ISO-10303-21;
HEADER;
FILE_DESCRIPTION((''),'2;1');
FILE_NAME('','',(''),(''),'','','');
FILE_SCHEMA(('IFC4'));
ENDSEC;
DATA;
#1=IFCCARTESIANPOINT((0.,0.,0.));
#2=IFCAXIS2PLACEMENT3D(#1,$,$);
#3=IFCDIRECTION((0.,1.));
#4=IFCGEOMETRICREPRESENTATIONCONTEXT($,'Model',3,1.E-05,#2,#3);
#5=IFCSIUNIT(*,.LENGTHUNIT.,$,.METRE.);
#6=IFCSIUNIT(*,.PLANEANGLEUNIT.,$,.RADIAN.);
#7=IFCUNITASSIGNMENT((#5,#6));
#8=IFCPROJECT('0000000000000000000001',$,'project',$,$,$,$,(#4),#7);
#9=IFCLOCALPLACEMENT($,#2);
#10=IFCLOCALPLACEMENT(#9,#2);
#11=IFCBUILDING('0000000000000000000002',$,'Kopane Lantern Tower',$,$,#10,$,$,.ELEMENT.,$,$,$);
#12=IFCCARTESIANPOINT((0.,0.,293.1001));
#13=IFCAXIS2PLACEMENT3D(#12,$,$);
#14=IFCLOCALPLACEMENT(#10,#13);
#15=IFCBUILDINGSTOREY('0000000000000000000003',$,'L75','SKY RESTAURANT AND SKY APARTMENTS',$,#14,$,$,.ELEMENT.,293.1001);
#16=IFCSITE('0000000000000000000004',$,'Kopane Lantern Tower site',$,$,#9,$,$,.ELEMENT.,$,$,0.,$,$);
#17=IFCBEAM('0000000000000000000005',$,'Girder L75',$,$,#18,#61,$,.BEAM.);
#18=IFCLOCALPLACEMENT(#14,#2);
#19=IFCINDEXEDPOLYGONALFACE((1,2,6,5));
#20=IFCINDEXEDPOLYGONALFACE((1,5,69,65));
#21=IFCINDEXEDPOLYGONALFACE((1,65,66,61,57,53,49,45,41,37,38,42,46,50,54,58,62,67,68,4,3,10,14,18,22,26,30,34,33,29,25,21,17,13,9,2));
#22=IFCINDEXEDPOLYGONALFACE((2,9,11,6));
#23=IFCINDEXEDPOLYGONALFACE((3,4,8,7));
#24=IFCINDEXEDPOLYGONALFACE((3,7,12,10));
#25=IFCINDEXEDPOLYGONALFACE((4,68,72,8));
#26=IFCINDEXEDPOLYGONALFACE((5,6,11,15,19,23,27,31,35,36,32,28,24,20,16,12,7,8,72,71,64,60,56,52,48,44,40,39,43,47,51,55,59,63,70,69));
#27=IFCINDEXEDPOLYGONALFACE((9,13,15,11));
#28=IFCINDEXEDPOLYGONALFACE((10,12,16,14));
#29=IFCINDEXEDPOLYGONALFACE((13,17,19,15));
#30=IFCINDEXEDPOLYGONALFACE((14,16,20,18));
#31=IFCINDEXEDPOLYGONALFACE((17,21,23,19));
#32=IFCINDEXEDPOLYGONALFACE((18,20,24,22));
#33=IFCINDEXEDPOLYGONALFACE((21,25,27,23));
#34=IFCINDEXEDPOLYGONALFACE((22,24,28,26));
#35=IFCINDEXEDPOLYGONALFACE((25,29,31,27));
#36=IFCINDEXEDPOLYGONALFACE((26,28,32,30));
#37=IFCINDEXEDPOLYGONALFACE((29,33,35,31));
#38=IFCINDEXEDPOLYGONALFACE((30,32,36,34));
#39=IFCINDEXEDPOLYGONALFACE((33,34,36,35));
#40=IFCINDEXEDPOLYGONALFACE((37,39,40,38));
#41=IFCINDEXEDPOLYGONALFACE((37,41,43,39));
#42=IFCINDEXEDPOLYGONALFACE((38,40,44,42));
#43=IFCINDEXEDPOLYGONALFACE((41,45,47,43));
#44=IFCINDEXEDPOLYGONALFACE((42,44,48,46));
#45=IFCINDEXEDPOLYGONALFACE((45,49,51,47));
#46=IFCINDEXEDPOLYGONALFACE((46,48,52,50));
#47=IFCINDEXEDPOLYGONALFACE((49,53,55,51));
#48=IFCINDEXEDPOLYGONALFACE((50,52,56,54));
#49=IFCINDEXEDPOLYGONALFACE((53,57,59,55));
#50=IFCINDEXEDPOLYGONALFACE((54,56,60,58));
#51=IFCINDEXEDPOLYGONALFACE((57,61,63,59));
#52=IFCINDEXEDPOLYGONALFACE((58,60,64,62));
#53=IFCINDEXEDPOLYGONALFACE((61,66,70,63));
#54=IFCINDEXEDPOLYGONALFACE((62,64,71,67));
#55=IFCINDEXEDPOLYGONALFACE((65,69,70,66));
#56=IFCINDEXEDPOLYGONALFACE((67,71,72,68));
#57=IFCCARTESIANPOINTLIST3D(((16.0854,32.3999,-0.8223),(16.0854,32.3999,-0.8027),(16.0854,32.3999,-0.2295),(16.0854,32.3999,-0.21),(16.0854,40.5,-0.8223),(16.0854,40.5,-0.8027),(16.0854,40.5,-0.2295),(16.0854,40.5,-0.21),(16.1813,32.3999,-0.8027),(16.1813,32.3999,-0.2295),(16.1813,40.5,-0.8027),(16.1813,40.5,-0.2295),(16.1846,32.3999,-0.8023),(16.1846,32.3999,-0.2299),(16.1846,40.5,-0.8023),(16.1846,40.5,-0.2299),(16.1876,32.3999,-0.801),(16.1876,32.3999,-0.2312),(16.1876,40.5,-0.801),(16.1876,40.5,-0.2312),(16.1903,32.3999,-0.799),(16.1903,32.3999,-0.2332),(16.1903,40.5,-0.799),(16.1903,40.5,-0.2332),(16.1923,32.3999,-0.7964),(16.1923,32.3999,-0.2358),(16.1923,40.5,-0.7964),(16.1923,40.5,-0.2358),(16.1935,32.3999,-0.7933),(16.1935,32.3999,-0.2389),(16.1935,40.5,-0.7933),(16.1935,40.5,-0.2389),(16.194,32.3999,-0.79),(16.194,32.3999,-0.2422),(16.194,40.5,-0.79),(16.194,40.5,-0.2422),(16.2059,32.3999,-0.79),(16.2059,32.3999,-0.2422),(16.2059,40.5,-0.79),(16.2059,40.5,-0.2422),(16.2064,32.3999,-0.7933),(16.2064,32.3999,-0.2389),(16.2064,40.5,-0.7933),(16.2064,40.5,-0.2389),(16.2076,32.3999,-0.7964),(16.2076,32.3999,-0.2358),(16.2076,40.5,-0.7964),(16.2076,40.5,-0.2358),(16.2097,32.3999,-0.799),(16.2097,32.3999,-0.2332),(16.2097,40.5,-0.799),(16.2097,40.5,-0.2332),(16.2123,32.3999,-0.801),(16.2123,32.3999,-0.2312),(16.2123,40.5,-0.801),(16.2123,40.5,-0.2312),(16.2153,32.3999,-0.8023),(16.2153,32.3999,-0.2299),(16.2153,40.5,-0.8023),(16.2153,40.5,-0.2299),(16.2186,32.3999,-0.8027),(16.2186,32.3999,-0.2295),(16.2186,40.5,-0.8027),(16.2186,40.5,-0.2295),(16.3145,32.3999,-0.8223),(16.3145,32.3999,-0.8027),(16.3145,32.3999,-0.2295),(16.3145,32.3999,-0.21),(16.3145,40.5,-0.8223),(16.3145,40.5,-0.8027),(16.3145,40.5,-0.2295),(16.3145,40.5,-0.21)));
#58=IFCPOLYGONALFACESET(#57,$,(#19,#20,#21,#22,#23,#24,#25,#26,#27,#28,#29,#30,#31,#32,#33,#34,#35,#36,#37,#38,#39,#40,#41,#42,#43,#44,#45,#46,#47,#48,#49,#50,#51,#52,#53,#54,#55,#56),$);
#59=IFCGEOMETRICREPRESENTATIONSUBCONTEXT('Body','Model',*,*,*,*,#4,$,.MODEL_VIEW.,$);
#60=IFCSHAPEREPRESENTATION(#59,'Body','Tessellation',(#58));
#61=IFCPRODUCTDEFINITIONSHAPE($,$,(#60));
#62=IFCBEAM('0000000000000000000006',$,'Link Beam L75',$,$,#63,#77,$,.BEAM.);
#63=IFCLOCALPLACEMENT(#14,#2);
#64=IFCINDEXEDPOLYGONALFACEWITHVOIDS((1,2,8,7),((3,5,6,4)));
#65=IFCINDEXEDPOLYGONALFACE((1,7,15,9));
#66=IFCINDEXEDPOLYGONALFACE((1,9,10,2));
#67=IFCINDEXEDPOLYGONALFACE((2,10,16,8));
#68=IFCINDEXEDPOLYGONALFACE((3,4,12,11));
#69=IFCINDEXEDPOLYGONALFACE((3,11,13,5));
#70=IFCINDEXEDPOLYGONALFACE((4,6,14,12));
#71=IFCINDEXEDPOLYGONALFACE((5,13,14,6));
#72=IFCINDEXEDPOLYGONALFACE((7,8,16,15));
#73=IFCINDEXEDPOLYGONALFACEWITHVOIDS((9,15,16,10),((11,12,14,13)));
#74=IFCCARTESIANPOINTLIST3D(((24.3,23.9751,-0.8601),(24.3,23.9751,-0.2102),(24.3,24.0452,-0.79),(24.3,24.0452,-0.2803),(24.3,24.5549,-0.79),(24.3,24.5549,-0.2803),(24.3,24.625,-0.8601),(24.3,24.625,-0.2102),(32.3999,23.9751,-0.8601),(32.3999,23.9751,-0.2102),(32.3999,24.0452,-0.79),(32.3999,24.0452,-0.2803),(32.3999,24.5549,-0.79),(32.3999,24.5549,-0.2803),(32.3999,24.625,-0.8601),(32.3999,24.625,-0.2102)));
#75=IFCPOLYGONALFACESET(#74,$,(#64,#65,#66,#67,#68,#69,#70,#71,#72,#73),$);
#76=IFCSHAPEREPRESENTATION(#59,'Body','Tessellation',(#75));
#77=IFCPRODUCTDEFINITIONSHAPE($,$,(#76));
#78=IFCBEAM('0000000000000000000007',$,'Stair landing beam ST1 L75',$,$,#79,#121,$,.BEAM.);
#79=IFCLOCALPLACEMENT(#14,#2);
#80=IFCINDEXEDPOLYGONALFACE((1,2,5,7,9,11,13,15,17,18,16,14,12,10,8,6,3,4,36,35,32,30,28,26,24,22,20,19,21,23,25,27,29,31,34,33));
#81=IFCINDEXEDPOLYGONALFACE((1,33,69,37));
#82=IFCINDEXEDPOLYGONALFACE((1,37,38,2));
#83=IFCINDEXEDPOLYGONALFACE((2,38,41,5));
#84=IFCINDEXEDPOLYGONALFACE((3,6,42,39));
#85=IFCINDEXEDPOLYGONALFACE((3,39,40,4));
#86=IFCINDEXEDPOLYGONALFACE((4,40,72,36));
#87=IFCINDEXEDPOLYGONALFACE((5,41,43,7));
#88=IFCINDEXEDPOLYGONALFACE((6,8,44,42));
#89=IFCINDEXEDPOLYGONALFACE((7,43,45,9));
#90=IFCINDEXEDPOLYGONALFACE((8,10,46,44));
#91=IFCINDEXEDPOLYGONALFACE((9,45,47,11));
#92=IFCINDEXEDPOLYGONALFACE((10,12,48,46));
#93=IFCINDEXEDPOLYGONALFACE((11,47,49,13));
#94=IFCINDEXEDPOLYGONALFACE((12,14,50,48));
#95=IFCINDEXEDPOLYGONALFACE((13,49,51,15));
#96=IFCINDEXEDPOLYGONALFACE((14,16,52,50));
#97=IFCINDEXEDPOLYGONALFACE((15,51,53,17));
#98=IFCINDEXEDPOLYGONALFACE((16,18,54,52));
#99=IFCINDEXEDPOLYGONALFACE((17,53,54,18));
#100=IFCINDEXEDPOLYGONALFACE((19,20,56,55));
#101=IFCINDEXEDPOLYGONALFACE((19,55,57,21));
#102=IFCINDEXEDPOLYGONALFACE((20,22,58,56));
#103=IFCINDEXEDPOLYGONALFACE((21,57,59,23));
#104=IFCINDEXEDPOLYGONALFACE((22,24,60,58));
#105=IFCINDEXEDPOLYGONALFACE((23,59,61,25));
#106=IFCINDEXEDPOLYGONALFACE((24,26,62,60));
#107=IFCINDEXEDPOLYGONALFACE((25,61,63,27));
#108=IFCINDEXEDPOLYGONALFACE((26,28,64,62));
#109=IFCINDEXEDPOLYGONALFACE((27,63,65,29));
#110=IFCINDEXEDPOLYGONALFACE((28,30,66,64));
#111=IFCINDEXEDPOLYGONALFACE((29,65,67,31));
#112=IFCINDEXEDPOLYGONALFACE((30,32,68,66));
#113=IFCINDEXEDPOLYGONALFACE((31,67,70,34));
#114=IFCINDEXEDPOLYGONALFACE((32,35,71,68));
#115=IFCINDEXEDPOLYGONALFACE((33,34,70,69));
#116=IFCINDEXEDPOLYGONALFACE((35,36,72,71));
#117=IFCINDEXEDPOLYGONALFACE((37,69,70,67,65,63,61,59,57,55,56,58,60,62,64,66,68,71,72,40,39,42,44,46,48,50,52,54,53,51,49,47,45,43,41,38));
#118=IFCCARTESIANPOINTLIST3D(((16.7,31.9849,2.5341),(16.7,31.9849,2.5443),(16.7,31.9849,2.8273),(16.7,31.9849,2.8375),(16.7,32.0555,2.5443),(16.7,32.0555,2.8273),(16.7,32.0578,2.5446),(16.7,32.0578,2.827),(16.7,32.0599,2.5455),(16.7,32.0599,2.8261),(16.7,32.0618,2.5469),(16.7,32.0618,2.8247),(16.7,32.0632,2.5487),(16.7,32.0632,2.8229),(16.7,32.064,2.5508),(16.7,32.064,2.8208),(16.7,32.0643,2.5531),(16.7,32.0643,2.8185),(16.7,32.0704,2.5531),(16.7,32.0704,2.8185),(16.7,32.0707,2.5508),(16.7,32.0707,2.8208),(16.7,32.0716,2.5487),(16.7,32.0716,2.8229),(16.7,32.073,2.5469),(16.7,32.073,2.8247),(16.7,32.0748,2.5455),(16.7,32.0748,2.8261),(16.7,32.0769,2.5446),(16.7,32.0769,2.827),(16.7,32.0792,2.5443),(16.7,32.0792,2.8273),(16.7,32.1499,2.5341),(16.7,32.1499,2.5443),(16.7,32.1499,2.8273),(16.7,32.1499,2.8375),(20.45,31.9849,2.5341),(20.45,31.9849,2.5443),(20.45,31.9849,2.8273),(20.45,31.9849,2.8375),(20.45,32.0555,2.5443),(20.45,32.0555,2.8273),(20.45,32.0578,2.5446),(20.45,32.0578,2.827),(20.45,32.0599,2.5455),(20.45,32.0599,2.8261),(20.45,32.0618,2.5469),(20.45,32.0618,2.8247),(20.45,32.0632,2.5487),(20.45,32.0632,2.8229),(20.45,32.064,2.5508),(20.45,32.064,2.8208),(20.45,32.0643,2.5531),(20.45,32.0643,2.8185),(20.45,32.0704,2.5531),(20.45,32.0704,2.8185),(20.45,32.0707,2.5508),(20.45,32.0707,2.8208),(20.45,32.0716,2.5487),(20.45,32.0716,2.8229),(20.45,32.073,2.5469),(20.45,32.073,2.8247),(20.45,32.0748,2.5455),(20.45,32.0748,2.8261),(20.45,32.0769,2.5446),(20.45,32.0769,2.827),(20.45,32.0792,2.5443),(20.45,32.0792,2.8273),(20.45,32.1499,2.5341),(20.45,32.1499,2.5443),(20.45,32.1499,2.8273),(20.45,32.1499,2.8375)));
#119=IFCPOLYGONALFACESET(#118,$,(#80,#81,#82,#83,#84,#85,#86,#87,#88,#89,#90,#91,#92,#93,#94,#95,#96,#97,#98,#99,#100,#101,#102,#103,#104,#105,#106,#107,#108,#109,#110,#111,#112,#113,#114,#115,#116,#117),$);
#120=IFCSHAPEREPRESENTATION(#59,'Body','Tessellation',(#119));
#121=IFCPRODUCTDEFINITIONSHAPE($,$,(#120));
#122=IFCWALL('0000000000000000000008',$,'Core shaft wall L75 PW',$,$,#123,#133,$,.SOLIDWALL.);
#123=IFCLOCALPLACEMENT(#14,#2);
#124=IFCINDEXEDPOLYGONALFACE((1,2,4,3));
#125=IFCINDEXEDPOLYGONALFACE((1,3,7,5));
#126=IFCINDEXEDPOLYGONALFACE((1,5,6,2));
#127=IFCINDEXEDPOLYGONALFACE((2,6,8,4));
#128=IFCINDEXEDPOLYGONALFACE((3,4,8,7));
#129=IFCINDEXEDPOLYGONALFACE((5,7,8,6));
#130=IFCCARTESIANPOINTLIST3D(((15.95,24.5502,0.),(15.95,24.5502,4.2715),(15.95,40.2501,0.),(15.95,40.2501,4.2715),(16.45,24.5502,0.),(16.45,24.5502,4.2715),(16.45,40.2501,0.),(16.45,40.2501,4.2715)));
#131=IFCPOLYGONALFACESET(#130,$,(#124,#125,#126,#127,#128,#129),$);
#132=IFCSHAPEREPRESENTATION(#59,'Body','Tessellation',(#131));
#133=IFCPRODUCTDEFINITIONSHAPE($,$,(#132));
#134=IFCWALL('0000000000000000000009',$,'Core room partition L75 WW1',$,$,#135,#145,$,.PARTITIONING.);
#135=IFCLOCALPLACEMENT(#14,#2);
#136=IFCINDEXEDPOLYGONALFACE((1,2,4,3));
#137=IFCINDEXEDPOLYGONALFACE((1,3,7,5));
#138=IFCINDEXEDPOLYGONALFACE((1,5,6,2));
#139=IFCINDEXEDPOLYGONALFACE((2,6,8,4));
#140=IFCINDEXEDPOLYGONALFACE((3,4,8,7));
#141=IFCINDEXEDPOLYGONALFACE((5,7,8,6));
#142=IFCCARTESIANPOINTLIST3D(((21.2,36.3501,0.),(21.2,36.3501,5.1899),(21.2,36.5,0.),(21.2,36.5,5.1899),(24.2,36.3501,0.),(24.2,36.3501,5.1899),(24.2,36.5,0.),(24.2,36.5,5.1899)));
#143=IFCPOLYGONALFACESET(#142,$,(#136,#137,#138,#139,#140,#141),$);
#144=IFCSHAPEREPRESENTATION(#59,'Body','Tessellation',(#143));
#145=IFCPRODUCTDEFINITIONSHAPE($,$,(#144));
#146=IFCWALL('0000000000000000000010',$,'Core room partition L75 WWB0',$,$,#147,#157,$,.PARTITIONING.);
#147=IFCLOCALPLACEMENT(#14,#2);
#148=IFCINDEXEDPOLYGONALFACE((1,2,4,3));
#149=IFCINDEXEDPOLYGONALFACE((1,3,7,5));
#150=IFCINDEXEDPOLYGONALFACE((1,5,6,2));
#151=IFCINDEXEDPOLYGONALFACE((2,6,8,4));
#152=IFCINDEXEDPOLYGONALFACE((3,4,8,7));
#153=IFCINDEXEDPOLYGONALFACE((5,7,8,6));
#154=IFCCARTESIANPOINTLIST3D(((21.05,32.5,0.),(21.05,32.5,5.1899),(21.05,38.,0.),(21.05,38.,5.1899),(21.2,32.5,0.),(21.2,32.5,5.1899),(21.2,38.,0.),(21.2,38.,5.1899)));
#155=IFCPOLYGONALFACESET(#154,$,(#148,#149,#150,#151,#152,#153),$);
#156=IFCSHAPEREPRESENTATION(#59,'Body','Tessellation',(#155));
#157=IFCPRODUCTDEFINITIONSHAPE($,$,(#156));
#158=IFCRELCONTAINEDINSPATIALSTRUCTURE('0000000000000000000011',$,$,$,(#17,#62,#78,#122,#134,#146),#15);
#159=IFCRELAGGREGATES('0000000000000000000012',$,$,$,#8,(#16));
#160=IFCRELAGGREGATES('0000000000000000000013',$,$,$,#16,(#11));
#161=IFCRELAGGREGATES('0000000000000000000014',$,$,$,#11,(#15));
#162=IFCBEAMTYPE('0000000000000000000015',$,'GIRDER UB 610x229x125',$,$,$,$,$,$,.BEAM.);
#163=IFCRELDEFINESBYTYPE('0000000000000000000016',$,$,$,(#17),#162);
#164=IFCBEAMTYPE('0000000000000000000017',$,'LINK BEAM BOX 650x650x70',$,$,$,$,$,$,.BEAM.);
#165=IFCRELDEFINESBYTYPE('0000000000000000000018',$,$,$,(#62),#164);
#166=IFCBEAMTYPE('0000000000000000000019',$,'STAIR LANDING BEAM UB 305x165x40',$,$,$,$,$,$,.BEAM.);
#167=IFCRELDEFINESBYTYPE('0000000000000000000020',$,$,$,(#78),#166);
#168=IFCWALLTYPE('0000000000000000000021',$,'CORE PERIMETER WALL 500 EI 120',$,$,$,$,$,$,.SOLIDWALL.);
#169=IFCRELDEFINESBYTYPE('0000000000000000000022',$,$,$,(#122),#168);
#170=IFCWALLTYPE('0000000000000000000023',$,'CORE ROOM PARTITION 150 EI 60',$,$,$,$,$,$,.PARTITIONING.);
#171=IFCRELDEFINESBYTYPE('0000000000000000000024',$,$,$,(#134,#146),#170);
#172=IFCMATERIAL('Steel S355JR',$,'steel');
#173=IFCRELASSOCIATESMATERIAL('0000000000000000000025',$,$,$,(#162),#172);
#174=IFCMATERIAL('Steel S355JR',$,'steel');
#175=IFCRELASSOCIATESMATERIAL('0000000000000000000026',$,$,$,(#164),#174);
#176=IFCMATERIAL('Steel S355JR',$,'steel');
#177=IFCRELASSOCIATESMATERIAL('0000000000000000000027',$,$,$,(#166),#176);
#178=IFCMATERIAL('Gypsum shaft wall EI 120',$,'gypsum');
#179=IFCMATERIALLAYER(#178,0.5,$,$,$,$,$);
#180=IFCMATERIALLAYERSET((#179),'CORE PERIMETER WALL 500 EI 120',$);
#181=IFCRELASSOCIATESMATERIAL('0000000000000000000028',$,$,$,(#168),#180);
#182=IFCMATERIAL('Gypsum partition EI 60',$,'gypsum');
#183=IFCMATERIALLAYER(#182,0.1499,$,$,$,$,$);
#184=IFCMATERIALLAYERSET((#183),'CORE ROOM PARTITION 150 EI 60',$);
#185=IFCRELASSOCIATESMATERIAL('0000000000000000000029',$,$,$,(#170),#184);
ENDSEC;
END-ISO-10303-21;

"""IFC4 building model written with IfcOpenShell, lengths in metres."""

from ifc_helpers import new_model, si_unit, direction, frame, frame_2d, origin, origin_2d, place, context, subcontext, project, spatial, rectangle, hollow_rectangle, i_section, extrude, material, layer, layer_set, material_profile, profile_set, type_object, element, save


model = new_model("IFC4")

# Units and contexts
model_context = context("Model", 3, precision=1e-05, world=origin(), true_north=direction((0.0, 1.0)))
body_context = subcontext(model_context, "Body", "Model", "MODEL_VIEW")
ifc_project = project(units=[si_unit("LENGTHUNIT", "METRE"), si_unit("PLANEANGLEUNIT", "RADIAN")], contexts=[model_context])

# Site, building, storey
site_placement = place(None, origin())
site = spatial("IfcSite", under=ifc_project, at=site_placement, Name="Kopane Lantern Tower site", CompositionType="ELEMENT", RefElevation=0.0)
building_placement = place(site_placement, origin())
building = spatial("IfcBuilding", under=site, at=building_placement, Name="Kopane Lantern Tower", CompositionType="ELEMENT")
storey_placement = place(building_placement, frame((0.0, 0.0, 293.1001)))
storey = spatial("IfcBuildingStorey", under=building, at=storey_placement, Name="L75", Description="SKY RESTAURANT AND SKY APARTMENTS", CompositionType="ELEMENT", Elevation=293.1001)

# Beams
ifc_material_1 = material(Name="Steel S355JR", Category="steel")
ifc_material_profile_1 = material_profile(ifc_material_1, i_section(OverallWidth=0.229, OverallDepth=0.6123, WebThickness=0.012, FlangeThickness=0.0195, FilletRadius=0.0127, at=origin_2d()), Name="UB 610x229x125")
ifc_profile_set_1 = profile_set([ifc_material_profile_1], Name="Steel S355JR")
beam_type_1 = type_object("IfcBeamType", Name="GIRDER UB 610x229x125", PredefinedType="BEAM", material=ifc_profile_set_1)
beam_1_placement = place(storey_placement, frame((16.2, 32.3999, -0.5161), z_axis=(0.0, 1.0, 0.0), x_axis=(-1.0, 0.0, 0.0)))
element("IfcBeam", 1, at=beam_1_placement, inside=storey, type_object=beam_type_1, Name="Girder L75", PredefinedType="BEAM", context=body_context, shape_type="SweptSolid", body=[
    extrude(i_section(OverallWidth=0.229, OverallDepth=0.6123, WebThickness=0.012, FlangeThickness=0.0195, FilletRadius=0.0127, at=origin_2d()), origin(), (0.0, 0.0, 1.0), 8.1001),
])
ifc_material_2 = material(Name="Steel S355JR", Category="steel")
ifc_material_profile_2 = material_profile(ifc_material_2, hollow_rectangle(XDim=0.6499, YDim=0.6499, WallThickness=0.0701, at=origin_2d()), Name="BOX 650x650x70")
ifc_profile_set_2 = profile_set([ifc_material_profile_2], Name="Steel S355JR")
beam_type_2 = type_object("IfcBeamType", Name="LINK BEAM BOX 650x650x70", PredefinedType="BEAM", material=ifc_profile_set_2)
beam_2_placement = place(storey_placement, frame((24.3, 24.3, -0.5352), z_axis=(1.0, 0.0, 0.0), x_axis=(0.0, 1.0, 0.0)))
element("IfcBeam", 2, at=beam_2_placement, inside=storey, type_object=beam_type_2, Name="Link Beam L75", PredefinedType="BEAM", context=body_context, shape_type="SweptSolid", body=[
    extrude(hollow_rectangle(XDim=0.6499, YDim=0.6499, WallThickness=0.0701, at=origin_2d()), origin(), (0.0, 0.0, 1.0), 8.0999),
])
ifc_material_3 = material(Name="Steel S355JR", Category="steel")
ifc_material_profile_3 = material_profile(ifc_material_3, i_section(OverallWidth=0.165, OverallDepth=0.3035, WebThickness=0.0061, FlangeThickness=0.0103, FilletRadius=0.0088, at=origin_2d()), Name="UB 305x165x40")
ifc_profile_set_3 = profile_set([ifc_material_profile_3], Name="Steel S355JR")
beam_type_3 = type_object("IfcBeamType", Name="STAIR LANDING BEAM UB 305x165x40", PredefinedType="BEAM", material=ifc_profile_set_3)
beam_3_placement = place(storey_placement, frame((16.7, 32.0674, 2.6858), z_axis=(1.0, 0.0, 0.0), x_axis=(0.0, 1.0, 0.0)))
element("IfcBeam", 3, at=beam_3_placement, inside=storey, type_object=beam_type_3, Name="Stair landing beam ST1 L75", PredefinedType="BEAM", context=body_context, shape_type="SweptSolid", body=[
    extrude(i_section(OverallWidth=0.165, OverallDepth=0.3035, WebThickness=0.0061, FlangeThickness=0.0103, FilletRadius=0.0088, at=origin_2d()), origin(), (0.0, 0.0, 1.0), 3.75),
])

# Walls
ifc_material_4 = material(Name="Gypsum shaft wall EI 120", Category="gypsum")
ifc_layer_1 = layer(ifc_material_4, 0.5)
ifc_layer_set_1 = layer_set([ifc_layer_1], Name="CORE PERIMETER WALL 500 EI 120")
wall_type_1 = type_object("IfcWallType", Name="CORE PERIMETER WALL 500 EI 120", PredefinedType="SOLIDWALL", material=ifc_layer_set_1)
wall_1_placement = place(storey_placement, frame((16.2, 24.55, 0.0), z_axis=(0.0, 0.0, 1.0), x_axis=(0.0, 1.0, 0.0)))
element("IfcWall", 4, at=wall_1_placement, inside=storey, type_object=wall_type_1, Name="Core shaft wall L75 PW", PredefinedType="SOLIDWALL", context=body_context, shape_type="SweptSolid", body=[
    extrude(rectangle(XDim=15.7, YDim=0.5, at=frame_2d((7.8501, 0.0))), origin(), (0.0, 0.0, 1.0), 4.2715),
])
ifc_material_5 = material(Name="Gypsum partition EI 60", Category="gypsum")
ifc_layer_2 = layer(ifc_material_5, 0.1499)
ifc_layer_set_2 = layer_set([ifc_layer_2], Name="CORE ROOM PARTITION 150 EI 60")
wall_type_2 = type_object("IfcWallType", Name="CORE ROOM PARTITION 150 EI 60", PredefinedType="PARTITIONING", material=ifc_layer_set_2)
wall_2_placement = place(storey_placement, frame((21.2, 36.425, 0.0), z_axis=(0.0, 0.0, 1.0), x_axis=(1.0, 0.0, 0.0)))
element("IfcWall", 5, at=wall_2_placement, inside=storey, type_object=wall_type_2, Name="Core room partition L75 WW1", PredefinedType="PARTITIONING", context=body_context, shape_type="SweptSolid", body=[
    extrude(rectangle(XDim=3.0, YDim=0.1499, at=frame_2d((1.5, 0.0))), origin(), (0.0, 0.0, 1.0), 5.1899),
])
wall_3_placement = place(storey_placement, frame((21.125, 32.5, 0.0), z_axis=(0.0, 0.0, 1.0), x_axis=(0.0, 1.0, 0.0)))
element("IfcWall", 6, at=wall_3_placement, inside=storey, type_object=wall_type_2, Name="Core room partition L75 WWB0", PredefinedType="PARTITIONING", context=body_context, shape_type="SweptSolid", body=[
    extrude(rectangle(XDim=5.5, YDim=0.1499, at=frame_2d((2.75, 0.0))), origin(), (0.0, 0.0, 1.0), 5.1899),
])

save(model, "model.ifc")
